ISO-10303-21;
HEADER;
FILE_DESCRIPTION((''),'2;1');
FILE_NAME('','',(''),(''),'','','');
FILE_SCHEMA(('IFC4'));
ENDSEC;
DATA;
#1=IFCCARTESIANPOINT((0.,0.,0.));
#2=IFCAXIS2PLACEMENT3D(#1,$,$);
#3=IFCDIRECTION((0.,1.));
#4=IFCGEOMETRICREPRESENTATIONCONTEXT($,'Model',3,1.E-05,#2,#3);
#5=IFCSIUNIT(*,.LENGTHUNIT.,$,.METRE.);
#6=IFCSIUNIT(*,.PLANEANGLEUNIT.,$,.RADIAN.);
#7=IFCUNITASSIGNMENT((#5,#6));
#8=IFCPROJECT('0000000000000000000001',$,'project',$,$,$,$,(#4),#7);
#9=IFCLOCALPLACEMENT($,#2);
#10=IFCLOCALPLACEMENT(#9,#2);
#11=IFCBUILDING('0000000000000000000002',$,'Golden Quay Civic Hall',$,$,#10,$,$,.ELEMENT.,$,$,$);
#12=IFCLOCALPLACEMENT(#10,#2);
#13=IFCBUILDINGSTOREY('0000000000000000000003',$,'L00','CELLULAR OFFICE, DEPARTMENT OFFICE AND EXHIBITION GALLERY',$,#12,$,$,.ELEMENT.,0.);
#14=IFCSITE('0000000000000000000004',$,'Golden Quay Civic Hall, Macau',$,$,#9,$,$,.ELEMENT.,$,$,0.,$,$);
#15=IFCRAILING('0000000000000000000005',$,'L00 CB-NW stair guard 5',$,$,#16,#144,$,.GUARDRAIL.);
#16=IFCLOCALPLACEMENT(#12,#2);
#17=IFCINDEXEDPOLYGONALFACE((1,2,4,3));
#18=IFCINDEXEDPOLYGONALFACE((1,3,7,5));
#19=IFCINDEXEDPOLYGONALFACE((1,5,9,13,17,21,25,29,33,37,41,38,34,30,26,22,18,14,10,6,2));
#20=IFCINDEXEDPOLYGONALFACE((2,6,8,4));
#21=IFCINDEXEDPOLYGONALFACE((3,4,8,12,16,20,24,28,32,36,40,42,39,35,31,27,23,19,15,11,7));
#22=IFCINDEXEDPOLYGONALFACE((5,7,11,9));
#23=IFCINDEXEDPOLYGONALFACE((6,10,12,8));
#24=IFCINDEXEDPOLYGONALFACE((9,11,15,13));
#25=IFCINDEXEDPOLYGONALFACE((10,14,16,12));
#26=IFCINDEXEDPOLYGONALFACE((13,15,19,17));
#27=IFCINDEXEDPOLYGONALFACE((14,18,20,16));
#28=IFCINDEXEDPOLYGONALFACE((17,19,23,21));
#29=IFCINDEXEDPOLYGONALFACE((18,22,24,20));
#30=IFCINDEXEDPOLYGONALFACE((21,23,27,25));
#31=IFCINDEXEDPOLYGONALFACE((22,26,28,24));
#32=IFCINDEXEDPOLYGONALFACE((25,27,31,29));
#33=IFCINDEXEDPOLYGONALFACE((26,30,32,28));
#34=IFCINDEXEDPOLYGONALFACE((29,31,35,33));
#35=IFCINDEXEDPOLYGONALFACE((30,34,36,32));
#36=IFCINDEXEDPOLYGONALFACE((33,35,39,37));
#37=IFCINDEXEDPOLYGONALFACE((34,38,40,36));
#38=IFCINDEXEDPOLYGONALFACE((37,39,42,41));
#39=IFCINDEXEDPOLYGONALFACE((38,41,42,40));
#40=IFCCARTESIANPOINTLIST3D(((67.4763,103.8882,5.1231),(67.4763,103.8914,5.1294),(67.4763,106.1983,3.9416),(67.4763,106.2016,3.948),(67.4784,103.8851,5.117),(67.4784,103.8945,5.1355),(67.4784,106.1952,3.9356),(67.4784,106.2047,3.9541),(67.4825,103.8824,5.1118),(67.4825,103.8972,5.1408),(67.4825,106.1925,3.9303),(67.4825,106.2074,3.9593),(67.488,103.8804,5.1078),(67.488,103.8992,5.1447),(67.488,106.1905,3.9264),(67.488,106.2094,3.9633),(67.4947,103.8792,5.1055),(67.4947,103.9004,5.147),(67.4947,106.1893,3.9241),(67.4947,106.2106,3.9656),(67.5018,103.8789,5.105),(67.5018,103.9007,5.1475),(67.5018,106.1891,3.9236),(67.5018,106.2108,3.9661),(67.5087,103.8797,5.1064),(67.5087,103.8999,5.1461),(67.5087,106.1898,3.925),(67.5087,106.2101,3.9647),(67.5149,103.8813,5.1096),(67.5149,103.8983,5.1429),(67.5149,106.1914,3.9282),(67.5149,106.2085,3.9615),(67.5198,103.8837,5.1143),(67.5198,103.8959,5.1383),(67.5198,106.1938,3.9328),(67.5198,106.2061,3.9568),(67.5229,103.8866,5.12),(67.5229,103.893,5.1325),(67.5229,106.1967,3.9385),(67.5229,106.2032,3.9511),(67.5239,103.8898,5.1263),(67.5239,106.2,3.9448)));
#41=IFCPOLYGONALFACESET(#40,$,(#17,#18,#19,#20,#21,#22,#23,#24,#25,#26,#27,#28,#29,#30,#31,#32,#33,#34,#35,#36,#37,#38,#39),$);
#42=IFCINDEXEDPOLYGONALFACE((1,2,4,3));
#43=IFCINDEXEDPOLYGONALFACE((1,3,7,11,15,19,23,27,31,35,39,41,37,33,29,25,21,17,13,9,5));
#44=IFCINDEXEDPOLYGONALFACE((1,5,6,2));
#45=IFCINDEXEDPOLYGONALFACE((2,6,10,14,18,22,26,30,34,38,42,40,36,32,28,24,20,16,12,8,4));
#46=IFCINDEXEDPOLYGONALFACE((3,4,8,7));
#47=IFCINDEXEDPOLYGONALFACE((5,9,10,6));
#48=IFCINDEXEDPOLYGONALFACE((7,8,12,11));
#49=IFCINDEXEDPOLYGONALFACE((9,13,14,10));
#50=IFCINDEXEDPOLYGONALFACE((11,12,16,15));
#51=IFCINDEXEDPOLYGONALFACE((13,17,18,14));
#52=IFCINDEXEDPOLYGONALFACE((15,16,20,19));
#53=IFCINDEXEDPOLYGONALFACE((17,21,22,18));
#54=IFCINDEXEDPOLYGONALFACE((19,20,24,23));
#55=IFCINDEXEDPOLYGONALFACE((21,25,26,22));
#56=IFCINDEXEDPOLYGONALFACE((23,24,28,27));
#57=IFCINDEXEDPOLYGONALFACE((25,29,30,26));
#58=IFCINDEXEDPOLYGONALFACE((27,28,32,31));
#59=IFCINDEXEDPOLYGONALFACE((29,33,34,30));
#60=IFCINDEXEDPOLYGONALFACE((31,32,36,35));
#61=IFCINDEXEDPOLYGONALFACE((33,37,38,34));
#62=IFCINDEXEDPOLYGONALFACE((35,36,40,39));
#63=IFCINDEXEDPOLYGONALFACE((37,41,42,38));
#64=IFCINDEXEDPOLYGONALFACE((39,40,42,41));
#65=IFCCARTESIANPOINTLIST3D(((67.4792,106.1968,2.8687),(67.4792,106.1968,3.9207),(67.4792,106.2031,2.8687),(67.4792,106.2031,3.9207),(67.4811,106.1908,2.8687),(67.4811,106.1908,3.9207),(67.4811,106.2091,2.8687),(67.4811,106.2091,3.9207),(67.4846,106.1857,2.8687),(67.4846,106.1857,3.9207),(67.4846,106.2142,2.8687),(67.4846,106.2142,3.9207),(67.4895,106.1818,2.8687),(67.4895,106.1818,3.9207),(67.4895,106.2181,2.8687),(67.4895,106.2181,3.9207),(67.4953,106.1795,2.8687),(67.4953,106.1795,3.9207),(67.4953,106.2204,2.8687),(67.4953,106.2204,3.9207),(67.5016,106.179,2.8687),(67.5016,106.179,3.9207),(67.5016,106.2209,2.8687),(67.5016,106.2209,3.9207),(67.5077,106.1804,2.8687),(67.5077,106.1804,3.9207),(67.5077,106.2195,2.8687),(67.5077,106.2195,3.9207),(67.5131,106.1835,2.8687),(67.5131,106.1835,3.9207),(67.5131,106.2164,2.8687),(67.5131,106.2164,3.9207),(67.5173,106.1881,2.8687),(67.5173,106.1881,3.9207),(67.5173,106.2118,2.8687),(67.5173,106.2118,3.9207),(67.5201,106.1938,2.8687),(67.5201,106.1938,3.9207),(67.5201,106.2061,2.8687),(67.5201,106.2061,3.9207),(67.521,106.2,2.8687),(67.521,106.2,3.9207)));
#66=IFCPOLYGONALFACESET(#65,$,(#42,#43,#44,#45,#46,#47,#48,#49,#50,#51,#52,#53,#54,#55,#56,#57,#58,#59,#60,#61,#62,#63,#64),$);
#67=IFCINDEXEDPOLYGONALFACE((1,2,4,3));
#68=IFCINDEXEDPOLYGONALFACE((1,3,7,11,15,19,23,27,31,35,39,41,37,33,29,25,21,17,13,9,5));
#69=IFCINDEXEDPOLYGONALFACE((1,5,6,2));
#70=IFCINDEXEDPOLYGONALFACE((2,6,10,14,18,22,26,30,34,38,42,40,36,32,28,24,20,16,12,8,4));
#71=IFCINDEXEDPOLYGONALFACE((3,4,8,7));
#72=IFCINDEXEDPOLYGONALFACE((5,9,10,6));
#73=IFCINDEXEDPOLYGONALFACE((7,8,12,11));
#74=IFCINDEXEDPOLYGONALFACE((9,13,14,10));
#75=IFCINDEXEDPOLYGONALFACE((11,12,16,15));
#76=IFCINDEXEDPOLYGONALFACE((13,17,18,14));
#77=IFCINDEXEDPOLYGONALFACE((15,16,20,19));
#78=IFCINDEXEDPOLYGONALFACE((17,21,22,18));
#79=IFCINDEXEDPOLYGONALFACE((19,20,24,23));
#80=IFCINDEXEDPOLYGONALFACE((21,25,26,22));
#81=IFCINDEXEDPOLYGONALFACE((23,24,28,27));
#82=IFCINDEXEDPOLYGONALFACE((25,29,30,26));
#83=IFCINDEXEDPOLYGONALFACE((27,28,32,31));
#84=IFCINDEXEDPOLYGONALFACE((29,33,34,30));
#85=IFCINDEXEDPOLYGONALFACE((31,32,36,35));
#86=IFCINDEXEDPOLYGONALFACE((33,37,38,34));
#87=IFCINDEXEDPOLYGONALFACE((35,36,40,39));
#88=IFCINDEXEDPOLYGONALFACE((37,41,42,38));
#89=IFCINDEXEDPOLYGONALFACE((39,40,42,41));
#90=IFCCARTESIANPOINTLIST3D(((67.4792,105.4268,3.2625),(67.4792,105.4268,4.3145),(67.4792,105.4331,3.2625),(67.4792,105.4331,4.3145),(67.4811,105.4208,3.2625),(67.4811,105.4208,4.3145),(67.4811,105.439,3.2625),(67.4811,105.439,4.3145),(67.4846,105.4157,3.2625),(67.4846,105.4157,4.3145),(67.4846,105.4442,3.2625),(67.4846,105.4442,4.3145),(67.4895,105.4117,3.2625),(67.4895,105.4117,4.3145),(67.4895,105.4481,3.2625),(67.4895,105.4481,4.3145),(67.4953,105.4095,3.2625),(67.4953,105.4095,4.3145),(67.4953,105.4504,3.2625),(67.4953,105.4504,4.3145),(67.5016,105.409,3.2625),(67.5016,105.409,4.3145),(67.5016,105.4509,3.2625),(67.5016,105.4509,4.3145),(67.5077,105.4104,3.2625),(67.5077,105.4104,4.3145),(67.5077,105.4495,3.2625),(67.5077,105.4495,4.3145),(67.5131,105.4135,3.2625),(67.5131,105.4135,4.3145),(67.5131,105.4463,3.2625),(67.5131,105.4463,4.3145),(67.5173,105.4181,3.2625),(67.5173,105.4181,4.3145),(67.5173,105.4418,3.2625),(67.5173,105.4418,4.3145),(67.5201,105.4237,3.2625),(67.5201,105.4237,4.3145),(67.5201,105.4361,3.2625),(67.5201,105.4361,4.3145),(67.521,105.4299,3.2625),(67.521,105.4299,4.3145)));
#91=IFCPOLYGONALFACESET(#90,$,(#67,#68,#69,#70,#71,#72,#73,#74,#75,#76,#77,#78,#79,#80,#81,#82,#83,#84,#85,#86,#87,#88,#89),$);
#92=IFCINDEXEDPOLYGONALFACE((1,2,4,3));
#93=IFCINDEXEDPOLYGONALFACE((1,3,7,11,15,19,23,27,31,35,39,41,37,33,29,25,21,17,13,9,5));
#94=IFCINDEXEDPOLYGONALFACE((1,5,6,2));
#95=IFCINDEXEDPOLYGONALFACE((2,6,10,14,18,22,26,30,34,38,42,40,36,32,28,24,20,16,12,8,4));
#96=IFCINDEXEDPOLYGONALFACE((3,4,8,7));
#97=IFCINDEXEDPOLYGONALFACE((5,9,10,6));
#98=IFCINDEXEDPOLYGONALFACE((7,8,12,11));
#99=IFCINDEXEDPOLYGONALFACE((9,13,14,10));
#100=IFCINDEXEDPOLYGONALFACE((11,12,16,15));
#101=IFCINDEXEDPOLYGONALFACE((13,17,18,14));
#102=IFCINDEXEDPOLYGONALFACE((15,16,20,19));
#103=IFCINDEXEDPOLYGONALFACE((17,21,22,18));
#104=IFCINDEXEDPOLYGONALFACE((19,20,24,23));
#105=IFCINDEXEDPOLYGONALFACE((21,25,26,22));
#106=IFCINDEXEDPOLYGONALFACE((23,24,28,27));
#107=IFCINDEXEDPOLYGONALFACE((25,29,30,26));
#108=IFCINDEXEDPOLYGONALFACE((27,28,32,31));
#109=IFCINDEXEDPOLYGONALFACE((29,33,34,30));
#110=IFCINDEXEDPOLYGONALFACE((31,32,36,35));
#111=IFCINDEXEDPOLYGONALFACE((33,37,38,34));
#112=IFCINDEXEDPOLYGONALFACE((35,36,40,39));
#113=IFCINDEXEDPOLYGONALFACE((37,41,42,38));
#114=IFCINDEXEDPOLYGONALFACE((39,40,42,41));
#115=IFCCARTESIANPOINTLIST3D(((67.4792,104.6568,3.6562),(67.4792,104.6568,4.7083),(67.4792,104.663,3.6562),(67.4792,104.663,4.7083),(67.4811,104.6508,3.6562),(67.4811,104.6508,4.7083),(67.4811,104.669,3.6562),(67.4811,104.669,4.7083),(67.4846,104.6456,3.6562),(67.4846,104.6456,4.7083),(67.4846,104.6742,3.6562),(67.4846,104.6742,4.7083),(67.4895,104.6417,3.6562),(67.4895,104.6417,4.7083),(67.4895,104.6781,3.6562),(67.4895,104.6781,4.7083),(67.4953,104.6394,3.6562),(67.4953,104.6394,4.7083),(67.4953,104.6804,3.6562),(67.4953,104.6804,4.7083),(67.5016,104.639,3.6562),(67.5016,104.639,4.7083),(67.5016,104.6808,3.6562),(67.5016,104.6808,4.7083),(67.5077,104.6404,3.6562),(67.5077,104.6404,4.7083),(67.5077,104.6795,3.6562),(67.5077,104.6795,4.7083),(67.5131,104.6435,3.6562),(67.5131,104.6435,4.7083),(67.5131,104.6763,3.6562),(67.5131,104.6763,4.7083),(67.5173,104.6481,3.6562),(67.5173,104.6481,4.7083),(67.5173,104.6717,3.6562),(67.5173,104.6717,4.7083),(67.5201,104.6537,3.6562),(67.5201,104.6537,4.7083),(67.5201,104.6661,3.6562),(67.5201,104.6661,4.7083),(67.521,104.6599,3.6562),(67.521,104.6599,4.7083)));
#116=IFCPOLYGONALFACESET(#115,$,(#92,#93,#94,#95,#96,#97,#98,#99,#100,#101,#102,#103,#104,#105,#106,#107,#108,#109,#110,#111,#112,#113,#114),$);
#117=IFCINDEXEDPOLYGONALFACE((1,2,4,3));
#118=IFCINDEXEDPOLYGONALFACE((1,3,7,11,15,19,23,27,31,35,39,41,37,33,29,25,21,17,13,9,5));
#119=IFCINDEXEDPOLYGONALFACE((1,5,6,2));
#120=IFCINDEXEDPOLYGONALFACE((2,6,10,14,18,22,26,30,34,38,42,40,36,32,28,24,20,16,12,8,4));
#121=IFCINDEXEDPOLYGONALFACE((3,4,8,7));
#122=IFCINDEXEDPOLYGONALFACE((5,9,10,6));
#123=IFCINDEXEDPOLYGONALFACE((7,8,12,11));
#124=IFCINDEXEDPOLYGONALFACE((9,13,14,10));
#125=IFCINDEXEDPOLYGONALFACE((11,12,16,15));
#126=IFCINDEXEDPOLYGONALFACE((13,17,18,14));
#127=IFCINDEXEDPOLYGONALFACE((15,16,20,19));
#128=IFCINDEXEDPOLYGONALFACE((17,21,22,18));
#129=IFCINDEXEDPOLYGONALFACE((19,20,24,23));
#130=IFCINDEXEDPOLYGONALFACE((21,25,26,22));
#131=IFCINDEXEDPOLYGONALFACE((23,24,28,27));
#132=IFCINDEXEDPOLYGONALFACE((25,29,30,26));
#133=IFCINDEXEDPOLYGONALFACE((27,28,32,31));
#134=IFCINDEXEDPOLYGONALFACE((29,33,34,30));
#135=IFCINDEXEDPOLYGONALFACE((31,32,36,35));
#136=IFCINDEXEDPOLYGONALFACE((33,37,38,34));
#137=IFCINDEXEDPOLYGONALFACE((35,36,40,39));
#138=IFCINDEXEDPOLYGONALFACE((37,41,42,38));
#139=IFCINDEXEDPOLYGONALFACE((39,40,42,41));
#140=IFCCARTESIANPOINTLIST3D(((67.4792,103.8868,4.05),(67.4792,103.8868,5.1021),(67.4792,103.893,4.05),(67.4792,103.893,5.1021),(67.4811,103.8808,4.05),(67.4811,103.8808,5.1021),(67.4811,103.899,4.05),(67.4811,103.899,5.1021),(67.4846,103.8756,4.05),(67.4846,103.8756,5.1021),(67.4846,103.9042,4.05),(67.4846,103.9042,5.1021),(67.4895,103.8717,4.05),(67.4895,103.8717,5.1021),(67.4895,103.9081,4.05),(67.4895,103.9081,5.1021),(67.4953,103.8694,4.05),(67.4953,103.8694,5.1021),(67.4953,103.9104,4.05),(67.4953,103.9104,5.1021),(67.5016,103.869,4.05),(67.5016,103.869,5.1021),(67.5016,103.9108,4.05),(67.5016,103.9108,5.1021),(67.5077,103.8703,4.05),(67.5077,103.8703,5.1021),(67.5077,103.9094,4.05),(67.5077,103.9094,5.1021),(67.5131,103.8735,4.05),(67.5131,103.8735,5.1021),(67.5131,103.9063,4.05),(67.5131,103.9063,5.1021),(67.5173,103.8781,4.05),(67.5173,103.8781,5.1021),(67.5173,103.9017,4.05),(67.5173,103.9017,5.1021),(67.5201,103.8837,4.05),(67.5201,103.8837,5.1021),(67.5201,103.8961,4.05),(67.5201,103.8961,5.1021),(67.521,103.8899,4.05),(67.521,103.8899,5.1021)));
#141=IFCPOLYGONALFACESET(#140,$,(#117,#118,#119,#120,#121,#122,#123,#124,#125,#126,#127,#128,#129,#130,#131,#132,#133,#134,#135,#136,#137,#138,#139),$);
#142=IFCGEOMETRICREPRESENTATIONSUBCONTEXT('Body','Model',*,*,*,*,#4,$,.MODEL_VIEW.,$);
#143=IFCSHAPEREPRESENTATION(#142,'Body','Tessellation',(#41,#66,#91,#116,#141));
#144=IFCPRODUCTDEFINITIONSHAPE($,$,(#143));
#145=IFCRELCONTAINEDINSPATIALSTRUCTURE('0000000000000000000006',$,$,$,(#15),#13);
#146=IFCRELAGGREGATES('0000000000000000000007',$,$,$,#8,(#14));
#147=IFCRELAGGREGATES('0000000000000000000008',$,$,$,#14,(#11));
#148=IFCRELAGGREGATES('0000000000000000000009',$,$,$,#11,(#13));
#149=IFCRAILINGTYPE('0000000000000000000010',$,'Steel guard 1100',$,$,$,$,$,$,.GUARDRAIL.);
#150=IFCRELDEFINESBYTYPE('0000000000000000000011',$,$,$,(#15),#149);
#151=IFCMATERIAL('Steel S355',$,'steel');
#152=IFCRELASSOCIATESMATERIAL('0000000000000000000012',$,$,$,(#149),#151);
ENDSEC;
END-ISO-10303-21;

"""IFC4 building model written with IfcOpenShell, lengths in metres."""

from ifc_helpers import new_model, si_unit, direction, frame, origin, origin_2d, place, context, subcontext, project, spatial, circle, extrude, material, type_object, element, save


model = new_model("IFC4")

# Units and contexts
model_context = context("Model", 3, precision=1e-05, world=origin(), true_north=direction((0.0, 1.0)))
body_context = subcontext(model_context, "Body", "Model", "MODEL_VIEW")
ifc_project = project(units=[si_unit("LENGTHUNIT", "METRE"), si_unit("PLANEANGLEUNIT", "RADIAN")], contexts=[model_context])

# Site, building, storey
site_placement = place(None, origin())
site = spatial("IfcSite", under=ifc_project, at=site_placement, Name="Golden Quay Civic Hall, Macau", CompositionType="ELEMENT", RefElevation=0.0)
building_placement = place(site_placement, origin())
building = spatial("IfcBuilding", under=site, at=building_placement, Name="Golden Quay Civic Hall", CompositionType="ELEMENT")
storey_placement = place(building_placement, origin())
storey = spatial("IfcBuildingStorey", under=building, at=storey_placement, Name="L00", Description="CELLULAR OFFICE, DEPARTMENT OFFICE AND EXHIBITION GALLERY", CompositionType="ELEMENT", Elevation=0.0)

# Railing
ifc_material_1 = material(Name="Steel S355", Category="steel")
railing_type = type_object("IfcRailingType", Name="Steel guard 1100", PredefinedType="GUARDRAIL", material=ifc_material_1)
railing_1_placement = place(storey_placement, frame((67.5, 106.2, 2.8687)))
element("IfcRailing", 1, at=railing_1_placement, inside=storey, type_object=railing_type, Name="L00 CB-NW stair guard 5", PredefinedType="GUARDRAIL", context=body_context, shape_type="SweptSolid", body=[
    extrude(circle(Radius=0.0239, at=origin_2d()), frame((0.0, 0.0, 1.0762), z_axis=(0.0, -0.890325, 0.455325), x_axis=(1.0, 0.0, 0.0)), (0.0, 0.0, 1.0), 2.5947),
    extrude(circle(Radius=0.021, at=origin_2d()), origin(), (0.0, 0.0, 1.0), 1.052),
    extrude(circle(Radius=0.021, at=origin_2d()), frame((0.0, -0.77, 0.3938)), (0.0, 0.0, 1.0), 1.052),
    extrude(circle(Radius=0.021, at=origin_2d()), frame((0.0, -1.54, 0.7876)), (0.0, 0.0, 1.0), 1.052),
    extrude(circle(Radius=0.021, at=origin_2d()), frame((0.0, -2.3101, 1.1814)), (0.0, 0.0, 1.0), 1.052),
])

save(model, "model.ifc")
